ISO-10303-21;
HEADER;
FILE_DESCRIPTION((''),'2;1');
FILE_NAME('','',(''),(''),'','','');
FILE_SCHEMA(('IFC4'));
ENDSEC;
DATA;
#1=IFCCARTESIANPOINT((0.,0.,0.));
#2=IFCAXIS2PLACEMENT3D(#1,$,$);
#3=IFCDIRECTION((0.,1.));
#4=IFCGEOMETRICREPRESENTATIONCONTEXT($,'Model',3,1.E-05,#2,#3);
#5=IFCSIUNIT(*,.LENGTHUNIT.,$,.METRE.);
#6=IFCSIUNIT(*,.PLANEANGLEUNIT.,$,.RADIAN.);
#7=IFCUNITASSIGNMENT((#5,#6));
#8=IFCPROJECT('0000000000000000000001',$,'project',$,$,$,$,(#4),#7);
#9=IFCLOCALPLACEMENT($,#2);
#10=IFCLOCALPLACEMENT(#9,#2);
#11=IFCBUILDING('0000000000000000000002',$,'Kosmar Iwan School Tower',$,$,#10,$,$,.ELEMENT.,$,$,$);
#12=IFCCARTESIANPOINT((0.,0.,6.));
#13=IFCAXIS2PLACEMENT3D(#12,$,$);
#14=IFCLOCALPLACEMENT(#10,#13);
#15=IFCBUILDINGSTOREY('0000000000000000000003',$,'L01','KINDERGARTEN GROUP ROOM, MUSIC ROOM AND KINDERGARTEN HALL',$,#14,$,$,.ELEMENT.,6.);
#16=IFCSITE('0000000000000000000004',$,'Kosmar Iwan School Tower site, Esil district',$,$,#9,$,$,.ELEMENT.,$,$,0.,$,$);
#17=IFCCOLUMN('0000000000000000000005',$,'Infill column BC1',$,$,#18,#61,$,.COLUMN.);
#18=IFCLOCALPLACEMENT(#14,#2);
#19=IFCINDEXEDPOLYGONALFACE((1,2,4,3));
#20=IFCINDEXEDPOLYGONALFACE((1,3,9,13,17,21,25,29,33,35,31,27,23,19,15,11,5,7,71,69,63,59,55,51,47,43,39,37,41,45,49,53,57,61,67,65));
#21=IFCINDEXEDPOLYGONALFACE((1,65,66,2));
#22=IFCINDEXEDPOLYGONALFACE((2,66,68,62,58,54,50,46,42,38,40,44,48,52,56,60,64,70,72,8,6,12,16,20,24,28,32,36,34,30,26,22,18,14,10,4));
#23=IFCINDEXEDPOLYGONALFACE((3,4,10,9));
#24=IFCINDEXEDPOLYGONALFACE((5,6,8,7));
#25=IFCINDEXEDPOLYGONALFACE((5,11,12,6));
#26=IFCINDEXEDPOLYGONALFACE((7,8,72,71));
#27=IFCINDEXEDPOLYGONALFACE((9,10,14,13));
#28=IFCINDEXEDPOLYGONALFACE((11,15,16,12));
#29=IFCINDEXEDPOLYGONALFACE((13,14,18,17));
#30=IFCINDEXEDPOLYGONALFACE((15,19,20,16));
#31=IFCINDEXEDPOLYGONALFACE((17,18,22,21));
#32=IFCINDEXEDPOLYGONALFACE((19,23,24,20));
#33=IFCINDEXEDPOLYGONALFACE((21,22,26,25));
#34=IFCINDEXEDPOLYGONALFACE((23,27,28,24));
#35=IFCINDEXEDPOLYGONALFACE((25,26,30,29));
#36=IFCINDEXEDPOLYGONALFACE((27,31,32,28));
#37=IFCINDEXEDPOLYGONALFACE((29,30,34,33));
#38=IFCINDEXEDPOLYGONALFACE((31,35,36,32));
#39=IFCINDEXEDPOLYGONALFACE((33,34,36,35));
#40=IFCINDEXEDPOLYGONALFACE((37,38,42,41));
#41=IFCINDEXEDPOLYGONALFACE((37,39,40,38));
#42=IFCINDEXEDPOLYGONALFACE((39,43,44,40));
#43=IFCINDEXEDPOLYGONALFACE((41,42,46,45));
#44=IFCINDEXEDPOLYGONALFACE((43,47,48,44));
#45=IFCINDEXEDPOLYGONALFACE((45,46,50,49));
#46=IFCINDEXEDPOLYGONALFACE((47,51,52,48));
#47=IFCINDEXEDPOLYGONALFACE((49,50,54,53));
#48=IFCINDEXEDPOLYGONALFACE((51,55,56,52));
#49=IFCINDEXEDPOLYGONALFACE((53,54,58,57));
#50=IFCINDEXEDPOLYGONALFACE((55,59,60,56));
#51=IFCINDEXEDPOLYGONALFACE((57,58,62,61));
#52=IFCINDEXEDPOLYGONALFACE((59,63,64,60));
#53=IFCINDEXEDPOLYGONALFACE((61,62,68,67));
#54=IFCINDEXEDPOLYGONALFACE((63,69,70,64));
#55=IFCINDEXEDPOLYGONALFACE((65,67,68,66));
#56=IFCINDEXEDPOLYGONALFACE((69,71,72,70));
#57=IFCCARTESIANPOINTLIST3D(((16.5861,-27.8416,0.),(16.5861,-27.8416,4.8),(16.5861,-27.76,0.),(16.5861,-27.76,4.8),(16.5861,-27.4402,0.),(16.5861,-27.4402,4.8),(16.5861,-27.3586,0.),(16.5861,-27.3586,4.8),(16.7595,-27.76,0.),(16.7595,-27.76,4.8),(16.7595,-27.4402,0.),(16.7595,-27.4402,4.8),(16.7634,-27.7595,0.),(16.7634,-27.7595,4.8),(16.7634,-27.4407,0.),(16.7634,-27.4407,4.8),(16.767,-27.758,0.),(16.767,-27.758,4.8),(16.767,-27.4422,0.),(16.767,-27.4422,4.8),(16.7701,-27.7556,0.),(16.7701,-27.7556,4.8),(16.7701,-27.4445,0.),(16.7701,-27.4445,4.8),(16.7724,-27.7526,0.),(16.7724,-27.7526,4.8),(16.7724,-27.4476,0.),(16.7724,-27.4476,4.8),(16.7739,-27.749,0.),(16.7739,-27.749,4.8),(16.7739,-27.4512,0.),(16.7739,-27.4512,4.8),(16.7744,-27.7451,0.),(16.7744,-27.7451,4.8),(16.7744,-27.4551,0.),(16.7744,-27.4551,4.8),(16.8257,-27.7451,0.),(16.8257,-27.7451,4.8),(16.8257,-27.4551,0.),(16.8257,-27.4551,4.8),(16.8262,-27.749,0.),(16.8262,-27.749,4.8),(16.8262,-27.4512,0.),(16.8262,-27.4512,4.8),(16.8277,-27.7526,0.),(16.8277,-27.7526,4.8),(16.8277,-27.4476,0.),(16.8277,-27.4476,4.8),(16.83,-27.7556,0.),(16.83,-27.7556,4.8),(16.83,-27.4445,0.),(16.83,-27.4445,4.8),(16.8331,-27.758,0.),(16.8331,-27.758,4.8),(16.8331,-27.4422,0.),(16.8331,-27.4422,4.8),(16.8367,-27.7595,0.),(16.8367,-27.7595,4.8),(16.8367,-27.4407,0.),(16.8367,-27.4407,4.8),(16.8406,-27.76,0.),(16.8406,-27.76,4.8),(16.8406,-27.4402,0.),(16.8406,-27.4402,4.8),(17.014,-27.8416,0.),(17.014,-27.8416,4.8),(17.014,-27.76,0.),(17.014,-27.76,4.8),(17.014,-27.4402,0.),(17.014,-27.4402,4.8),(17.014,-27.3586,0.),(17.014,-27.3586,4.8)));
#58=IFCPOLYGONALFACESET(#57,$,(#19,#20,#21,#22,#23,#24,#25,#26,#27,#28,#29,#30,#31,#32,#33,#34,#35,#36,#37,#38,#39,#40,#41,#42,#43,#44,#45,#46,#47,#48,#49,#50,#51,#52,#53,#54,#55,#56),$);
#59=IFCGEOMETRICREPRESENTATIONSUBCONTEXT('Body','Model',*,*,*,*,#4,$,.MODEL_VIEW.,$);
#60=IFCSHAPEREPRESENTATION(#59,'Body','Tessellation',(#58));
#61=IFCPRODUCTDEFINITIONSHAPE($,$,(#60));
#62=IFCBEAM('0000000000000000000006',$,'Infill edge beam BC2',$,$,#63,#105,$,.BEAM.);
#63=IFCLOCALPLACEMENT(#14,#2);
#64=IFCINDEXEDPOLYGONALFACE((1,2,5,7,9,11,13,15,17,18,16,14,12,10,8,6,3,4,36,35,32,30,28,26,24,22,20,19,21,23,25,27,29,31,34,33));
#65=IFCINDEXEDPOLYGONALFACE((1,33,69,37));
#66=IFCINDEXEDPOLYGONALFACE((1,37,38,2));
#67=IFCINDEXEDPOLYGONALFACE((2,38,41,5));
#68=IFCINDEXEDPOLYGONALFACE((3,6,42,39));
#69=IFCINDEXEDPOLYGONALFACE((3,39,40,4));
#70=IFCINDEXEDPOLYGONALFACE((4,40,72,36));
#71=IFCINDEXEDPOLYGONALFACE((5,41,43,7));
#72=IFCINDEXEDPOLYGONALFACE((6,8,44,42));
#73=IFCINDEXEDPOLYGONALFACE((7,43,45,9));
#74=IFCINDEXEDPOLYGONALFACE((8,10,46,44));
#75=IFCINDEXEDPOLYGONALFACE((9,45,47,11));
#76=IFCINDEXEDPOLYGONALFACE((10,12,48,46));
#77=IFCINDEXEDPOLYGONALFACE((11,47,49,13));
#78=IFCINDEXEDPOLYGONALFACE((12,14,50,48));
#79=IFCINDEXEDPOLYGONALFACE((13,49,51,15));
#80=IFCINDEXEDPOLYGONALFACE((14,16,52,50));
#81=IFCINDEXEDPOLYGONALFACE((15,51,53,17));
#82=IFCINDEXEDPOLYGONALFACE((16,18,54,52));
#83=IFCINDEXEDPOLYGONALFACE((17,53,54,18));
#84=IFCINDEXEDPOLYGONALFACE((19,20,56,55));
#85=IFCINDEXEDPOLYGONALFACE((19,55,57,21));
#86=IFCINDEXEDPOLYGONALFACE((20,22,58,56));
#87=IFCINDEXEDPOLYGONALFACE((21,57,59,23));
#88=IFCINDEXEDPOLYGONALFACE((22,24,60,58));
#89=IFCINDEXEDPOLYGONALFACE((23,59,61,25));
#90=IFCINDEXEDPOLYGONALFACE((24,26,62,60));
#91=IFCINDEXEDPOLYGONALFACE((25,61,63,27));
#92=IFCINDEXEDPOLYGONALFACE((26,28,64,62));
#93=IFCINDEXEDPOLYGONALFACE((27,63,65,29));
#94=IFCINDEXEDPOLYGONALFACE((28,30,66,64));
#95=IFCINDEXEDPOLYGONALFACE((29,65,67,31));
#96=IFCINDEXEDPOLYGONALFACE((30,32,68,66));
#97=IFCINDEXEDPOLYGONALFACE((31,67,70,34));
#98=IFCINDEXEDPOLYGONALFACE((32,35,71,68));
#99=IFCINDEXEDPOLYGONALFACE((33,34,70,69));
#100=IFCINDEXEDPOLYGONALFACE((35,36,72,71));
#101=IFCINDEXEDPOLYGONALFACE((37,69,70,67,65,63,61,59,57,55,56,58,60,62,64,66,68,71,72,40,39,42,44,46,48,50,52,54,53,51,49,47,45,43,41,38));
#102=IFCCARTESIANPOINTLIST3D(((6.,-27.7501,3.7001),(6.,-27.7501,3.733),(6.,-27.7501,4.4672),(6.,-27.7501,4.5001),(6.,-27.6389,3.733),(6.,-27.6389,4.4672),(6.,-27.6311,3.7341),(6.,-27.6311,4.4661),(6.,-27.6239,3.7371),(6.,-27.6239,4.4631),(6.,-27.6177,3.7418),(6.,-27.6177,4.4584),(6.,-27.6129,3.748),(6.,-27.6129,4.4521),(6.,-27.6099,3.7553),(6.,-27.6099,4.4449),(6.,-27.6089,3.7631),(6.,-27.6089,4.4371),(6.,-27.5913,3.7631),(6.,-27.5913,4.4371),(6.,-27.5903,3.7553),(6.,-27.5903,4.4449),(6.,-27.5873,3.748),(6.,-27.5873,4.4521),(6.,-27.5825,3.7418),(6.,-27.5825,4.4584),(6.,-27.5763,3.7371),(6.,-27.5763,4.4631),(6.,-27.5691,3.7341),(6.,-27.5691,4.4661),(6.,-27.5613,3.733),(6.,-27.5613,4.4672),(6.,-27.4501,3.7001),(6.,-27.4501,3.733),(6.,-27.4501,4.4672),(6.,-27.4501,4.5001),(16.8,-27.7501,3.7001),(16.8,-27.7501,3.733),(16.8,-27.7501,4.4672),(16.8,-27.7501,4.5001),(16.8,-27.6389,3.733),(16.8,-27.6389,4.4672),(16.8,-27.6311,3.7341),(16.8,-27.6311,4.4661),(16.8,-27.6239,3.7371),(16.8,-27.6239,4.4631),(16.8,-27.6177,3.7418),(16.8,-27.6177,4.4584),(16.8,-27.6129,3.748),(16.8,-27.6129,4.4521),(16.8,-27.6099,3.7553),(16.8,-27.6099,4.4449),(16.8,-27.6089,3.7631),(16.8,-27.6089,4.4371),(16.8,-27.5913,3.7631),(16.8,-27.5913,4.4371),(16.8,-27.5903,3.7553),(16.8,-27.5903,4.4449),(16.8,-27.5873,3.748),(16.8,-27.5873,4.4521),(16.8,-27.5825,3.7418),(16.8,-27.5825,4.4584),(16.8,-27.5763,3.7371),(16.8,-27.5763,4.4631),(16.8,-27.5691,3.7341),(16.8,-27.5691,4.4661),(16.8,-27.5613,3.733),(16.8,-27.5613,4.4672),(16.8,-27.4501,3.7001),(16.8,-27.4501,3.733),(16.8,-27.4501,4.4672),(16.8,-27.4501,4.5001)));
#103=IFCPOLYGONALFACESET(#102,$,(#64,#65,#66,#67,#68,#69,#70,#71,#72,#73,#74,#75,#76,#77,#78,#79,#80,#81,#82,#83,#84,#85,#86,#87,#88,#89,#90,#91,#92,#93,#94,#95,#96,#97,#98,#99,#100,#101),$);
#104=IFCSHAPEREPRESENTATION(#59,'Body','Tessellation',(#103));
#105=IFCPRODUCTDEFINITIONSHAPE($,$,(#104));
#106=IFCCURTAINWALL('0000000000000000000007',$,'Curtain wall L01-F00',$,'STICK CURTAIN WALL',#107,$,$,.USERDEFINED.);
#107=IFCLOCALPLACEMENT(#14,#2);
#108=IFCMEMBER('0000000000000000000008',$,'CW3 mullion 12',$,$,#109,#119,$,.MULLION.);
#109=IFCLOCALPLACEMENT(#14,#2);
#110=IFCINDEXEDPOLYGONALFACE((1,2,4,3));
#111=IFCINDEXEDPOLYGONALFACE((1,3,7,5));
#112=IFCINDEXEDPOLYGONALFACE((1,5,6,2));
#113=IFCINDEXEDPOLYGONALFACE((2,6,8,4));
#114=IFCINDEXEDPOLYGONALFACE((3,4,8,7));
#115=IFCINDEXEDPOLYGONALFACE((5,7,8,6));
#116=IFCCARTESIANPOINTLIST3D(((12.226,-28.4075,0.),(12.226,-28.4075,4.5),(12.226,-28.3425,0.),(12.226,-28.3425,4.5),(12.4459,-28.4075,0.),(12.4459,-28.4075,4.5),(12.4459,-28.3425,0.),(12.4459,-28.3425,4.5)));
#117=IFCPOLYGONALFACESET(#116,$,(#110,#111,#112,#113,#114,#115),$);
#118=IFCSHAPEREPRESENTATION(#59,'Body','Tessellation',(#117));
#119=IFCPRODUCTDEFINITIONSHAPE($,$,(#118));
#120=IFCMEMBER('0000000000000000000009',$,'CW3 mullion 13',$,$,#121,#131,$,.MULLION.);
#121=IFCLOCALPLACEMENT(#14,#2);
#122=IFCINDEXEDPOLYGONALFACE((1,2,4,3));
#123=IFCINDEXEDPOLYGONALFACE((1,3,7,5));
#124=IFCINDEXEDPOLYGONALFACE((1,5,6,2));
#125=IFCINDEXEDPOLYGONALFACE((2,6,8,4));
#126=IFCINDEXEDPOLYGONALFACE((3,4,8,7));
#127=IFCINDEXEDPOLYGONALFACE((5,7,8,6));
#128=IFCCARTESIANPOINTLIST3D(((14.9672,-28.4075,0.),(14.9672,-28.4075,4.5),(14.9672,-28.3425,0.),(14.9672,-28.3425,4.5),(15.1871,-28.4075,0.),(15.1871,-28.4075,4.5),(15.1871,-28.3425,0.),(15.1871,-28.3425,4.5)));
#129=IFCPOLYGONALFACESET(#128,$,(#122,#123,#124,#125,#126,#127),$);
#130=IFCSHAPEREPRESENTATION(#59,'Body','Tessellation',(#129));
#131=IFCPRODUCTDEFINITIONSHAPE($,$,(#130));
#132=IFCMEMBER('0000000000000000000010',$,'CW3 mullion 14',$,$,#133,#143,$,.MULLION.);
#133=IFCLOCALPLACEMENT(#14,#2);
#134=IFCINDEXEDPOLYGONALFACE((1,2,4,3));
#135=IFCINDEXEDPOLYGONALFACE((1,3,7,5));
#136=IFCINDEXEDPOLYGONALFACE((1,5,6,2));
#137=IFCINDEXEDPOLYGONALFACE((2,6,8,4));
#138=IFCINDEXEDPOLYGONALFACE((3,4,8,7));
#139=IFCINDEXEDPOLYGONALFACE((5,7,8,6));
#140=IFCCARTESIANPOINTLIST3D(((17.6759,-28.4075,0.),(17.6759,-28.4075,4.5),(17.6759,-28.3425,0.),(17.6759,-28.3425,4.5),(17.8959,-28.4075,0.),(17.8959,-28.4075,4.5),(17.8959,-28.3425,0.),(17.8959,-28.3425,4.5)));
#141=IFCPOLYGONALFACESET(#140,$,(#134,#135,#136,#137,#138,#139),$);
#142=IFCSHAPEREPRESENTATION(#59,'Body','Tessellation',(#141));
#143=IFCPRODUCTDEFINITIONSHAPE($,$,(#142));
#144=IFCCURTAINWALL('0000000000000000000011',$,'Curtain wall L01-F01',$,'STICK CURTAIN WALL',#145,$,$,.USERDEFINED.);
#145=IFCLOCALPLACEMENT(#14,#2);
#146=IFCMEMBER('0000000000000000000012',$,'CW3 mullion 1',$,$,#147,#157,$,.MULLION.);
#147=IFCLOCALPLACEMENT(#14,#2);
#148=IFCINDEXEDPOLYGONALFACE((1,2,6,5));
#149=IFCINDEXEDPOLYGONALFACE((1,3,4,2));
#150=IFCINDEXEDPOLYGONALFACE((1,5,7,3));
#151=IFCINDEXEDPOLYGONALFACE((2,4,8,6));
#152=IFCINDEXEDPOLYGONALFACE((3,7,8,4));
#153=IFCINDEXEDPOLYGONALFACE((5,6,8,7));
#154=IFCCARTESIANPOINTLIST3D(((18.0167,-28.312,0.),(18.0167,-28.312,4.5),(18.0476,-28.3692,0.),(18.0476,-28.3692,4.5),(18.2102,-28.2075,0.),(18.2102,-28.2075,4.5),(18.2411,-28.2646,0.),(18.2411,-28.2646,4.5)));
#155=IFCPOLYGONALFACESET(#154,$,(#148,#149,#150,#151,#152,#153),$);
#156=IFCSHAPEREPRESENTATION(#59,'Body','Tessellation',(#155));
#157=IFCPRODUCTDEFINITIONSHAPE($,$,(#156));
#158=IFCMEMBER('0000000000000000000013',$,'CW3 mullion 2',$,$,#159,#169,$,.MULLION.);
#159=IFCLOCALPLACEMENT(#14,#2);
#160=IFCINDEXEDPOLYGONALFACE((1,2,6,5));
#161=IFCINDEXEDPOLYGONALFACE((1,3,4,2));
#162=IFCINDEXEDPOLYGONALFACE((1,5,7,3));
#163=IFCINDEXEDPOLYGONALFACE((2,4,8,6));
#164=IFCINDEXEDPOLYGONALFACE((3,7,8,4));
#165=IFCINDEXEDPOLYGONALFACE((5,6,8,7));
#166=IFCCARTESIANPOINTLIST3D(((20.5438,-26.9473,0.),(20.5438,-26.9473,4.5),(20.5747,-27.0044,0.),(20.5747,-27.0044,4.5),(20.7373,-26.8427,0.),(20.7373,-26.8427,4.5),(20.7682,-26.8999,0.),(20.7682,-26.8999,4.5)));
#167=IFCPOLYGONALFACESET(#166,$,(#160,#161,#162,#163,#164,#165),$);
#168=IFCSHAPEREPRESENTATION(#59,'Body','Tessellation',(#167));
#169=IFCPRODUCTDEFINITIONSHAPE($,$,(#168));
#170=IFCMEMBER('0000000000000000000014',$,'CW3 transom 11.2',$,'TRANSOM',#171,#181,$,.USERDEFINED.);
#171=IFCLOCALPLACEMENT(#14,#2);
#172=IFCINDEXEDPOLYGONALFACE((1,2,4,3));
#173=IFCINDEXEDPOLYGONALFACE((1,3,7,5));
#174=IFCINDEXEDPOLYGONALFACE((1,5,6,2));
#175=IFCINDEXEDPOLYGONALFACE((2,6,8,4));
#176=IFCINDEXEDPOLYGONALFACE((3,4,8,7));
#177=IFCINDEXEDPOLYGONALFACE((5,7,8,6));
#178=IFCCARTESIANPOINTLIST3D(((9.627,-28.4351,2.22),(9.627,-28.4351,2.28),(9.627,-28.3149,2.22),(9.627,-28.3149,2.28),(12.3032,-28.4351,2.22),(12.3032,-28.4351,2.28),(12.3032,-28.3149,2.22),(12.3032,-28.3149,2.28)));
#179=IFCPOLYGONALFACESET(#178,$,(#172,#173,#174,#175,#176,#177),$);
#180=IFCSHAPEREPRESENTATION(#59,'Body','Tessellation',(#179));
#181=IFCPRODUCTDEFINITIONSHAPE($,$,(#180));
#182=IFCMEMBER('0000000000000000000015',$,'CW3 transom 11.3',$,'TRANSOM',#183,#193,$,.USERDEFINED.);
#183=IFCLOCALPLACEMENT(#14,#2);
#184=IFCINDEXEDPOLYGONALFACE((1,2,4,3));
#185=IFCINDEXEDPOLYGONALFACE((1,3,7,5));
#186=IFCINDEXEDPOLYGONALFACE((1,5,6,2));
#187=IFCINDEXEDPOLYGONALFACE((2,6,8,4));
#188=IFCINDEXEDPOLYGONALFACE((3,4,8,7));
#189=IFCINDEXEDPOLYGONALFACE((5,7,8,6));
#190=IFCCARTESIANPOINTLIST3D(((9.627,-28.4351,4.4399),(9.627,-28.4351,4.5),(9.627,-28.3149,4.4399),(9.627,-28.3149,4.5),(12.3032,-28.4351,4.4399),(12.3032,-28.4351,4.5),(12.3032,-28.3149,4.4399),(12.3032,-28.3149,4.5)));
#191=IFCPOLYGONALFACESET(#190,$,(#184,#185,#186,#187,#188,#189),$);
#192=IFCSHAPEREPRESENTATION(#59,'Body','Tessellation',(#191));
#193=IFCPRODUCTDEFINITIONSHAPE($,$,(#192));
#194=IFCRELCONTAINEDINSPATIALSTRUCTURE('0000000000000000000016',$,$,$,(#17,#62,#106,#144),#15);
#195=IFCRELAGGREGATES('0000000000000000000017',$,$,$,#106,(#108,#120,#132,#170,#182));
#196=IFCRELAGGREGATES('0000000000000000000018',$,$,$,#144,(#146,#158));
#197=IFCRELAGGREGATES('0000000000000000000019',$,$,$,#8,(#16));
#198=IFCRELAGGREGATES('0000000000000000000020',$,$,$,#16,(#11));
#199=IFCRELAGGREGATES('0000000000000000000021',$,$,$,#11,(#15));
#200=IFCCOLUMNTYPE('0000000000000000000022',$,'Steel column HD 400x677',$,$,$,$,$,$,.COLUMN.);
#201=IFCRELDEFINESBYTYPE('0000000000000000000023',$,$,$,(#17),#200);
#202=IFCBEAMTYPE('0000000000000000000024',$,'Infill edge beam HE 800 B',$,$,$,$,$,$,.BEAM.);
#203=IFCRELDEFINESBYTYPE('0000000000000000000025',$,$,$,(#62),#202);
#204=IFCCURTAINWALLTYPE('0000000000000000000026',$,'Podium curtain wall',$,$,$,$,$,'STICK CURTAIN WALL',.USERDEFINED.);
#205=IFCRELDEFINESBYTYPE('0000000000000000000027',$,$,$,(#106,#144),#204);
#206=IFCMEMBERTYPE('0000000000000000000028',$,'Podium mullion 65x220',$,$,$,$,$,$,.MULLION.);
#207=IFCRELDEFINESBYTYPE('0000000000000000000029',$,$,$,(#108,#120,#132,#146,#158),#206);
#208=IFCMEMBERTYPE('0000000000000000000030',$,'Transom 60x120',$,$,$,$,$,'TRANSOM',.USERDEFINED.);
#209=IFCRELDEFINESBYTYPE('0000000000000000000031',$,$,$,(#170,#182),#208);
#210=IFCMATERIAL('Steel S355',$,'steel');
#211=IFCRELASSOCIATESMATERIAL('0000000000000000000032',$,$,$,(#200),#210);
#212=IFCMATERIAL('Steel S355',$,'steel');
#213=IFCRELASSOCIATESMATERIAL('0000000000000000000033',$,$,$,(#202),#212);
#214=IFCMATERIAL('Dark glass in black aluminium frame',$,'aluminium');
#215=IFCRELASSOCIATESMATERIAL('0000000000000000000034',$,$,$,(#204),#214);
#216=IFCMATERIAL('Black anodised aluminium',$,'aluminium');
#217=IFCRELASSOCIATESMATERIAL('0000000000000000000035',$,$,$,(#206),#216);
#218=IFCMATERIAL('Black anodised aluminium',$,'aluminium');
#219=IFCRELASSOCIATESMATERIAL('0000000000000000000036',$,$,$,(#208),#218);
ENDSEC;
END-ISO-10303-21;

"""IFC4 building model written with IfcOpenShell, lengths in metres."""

from ifc_helpers import new_model, si_unit, direction, frame, origin, origin_2d, place, context, subcontext, project, spatial, rectangle, i_section, extrude, material, material_profile, profile_set, type_object, element, aggregate, save


model = new_model("IFC4")

# Units and contexts
model_context = context("Model", 3, precision=1e-05, world=origin(), true_north=direction((0.0, 1.0)))
body_context = subcontext(model_context, "Body", "Model", "MODEL_VIEW")
ifc_project = project(units=[si_unit("LENGTHUNIT", "METRE"), si_unit("PLANEANGLEUNIT", "RADIAN")], contexts=[model_context])

# Site, building, storey
site_placement = place(None, origin())
site = spatial("IfcSite", under=ifc_project, at=site_placement, Name="Kosmar Iwan School Tower site, Esil district", CompositionType="ELEMENT", RefElevation=0.0)
building_placement = place(site_placement, origin())
building = spatial("IfcBuilding", under=site, at=building_placement, Name="Kosmar Iwan School Tower", CompositionType="ELEMENT")
storey_placement = place(building_placement, frame((0.0, 0.0, 6.0)))
storey = spatial("IfcBuildingStorey", under=building, at=storey_placement, Name="L01", Description="KINDERGARTEN GROUP ROOM, MUSIC ROOM AND KINDERGARTEN HALL", CompositionType="ELEMENT", Elevation=6.0)

# Column
ifc_material_1 = material(Name="Steel S355", Category="steel")
ifc_material_profile_1 = material_profile(ifc_material_1, i_section(OverallWidth=0.428, OverallDepth=0.4829, WebThickness=0.0513, FlangeThickness=0.0815, FilletRadius=0.0149, at=origin_2d()), Name="HD 400x677")
ifc_profile_set_1 = profile_set([ifc_material_profile_1], Name="Steel S355")
column_type = type_object("IfcColumnType", Name="Steel column HD 400x677", PredefinedType="COLUMN", material=ifc_profile_set_1)
column_placement = place(storey_placement, frame((16.8, -27.6001, 0.0), z_axis=(0.0, 0.0, 1.0), x_axis=(1.0, 0.0, 0.0)))
element("IfcColumn", 1, at=column_placement, inside=storey, type_object=column_type, Name="Infill column BC1", PredefinedType="COLUMN", context=body_context, shape_type="SweptSolid", body=[
    extrude(i_section(OverallWidth=0.428, OverallDepth=0.4829, WebThickness=0.0513, FlangeThickness=0.0815, FilletRadius=0.0149, at=origin_2d()), origin(), (0.0, 0.0, 1.0), 4.8),
])

# Beam
ifc_material_2 = material(Name="Steel S355", Category="steel")
ifc_material_profile_2 = material_profile(ifc_material_2, i_section(OverallWidth=0.3, OverallDepth=0.8, WebThickness=0.0176, FlangeThickness=0.033, FilletRadius=0.03, at=origin_2d()), Name="HE 800 B")
ifc_profile_set_2 = profile_set([ifc_material_profile_2], Name="Steel S355")
beam_type = type_object("IfcBeamType", Name="Infill edge beam HE 800 B", PredefinedType="BEAM", material=ifc_profile_set_2)
beam_placement = place(storey_placement, frame((16.8, -27.6001, 4.1001), z_axis=(-1.0, 0.0, 0.0), x_axis=(0.0, -1.0, 0.0)))
element("IfcBeam", 2, at=beam_placement, inside=storey, type_object=beam_type, Name="Infill edge beam BC2", PredefinedType="BEAM", context=body_context, shape_type="SweptSolid", body=[
    extrude(i_section(OverallWidth=0.3, OverallDepth=0.8, WebThickness=0.0176, FlangeThickness=0.033, FilletRadius=0.03, at=origin_2d()), origin(), (0.0, 0.0, 1.0), 10.8),
])

# Curtain walls, members
ifc_material_3 = material(Name="Dark glass in black aluminium frame", Category="aluminium")
curtain_wall_type = type_object("IfcCurtainWallType", Name="Podium curtain wall", ElementType="STICK CURTAIN WALL", PredefinedType="USERDEFINED", material=ifc_material_3)
curtain_wall_1_placement = place(storey_placement, origin())
curtain_wall_1 = element("IfcCurtainWall", 3, at=curtain_wall_1_placement, inside=storey, type_object=curtain_wall_type, Name="Curtain wall L01-F00", ObjectType="STICK CURTAIN WALL", PredefinedType="USERDEFINED")
ifc_material_4 = material(Name="Black anodised aluminium", Category="aluminium")
ifc_material_profile_3 = material_profile(ifc_material_4, rectangle(XDim=0.0649, YDim=0.22, at=origin_2d()), Name="MULLION 65x220")
ifc_profile_set_3 = profile_set([ifc_material_profile_3], Name="Black anodised aluminium")
member_type_1 = type_object("IfcMemberType", Name="Podium mullion 65x220", PredefinedType="MULLION", material=ifc_profile_set_3)
member_1_placement = place(storey_placement, frame((12.3359, -28.375, 0.0), z_axis=(0.0, 0.0, 1.0), x_axis=(0.0, 1.0, 0.0)))
member_1 = element("IfcMember", 4, at=member_1_placement, type_object=member_type_1, Name="CW3 mullion 12", PredefinedType="MULLION", context=body_context, shape_type="SweptSolid", body=[
    extrude(rectangle(XDim=0.0649, YDim=0.22, at=origin_2d()), origin(), (0.0, 0.0, 1.0), 4.5),
])
member_2_placement = place(storey_placement, frame((15.0771, -28.375, 0.0), z_axis=(0.0, 0.0, 1.0), x_axis=(0.0, 1.0, 0.0)))
member_2 = element("IfcMember", 5, at=member_2_placement, type_object=member_type_1, Name="CW3 mullion 13", PredefinedType="MULLION", context=body_context, shape_type="SweptSolid", body=[
    extrude(rectangle(XDim=0.0649, YDim=0.22, at=origin_2d()), origin(), (0.0, 0.0, 1.0), 4.5),
])
member_3_placement = place(storey_placement, frame((17.7859, -28.375, 0.0), z_axis=(0.0, 0.0, 1.0), x_axis=(0.0, 1.0, 0.0)))
member_3 = element("IfcMember", 6, at=member_3_placement, type_object=member_type_1, Name="CW3 mullion 14", PredefinedType="MULLION", context=body_context, shape_type="SweptSolid", body=[
    extrude(rectangle(XDim=0.0649, YDim=0.22, at=origin_2d()), origin(), (0.0, 0.0, 1.0), 4.5),
])
curtain_wall_2_placement = place(storey_placement, origin())
curtain_wall_2 = element("IfcCurtainWall", 7, at=curtain_wall_2_placement, inside=storey, type_object=curtain_wall_type, Name="Curtain wall L01-F01", ObjectType="STICK CURTAIN WALL", PredefinedType="USERDEFINED")
member_4_placement = place(storey_placement, frame((18.1289, -28.2883, 0.0), z_axis=(0.0, 0.0, 1.0), x_axis=(-0.475215, 0.879869, 0.0)))
member_4 = element("IfcMember", 8, at=member_4_placement, type_object=member_type_1, Name="CW3 mullion 1", PredefinedType="MULLION", context=body_context, shape_type="SweptSolid", body=[
    extrude(rectangle(XDim=0.0649, YDim=0.22, at=origin_2d()), origin(), (0.0, 0.0, 1.0), 4.5),
])
member_5_placement = place(storey_placement, frame((20.656, -26.9236, 0.0), z_axis=(0.0, 0.0, 1.0), x_axis=(-0.475215, 0.879869, 0.0)))
member_5 = element("IfcMember", 9, at=member_5_placement, type_object=member_type_1, Name="CW3 mullion 2", PredefinedType="MULLION", context=body_context, shape_type="SweptSolid", body=[
    extrude(rectangle(XDim=0.0649, YDim=0.22, at=origin_2d()), origin(), (0.0, 0.0, 1.0), 4.5),
])

# Members
ifc_material_5 = material(Name="Black anodised aluminium", Category="aluminium")
ifc_material_profile_4 = material_profile(ifc_material_5, rectangle(XDim=0.1201, YDim=0.0601, at=origin_2d()), Name="TRANSOM 60x120")
ifc_profile_set_4 = profile_set([ifc_material_profile_4], Name="Black anodised aluminium")
member_type_2 = type_object("IfcMemberType", Name="Transom 60x120", ElementType="TRANSOM", PredefinedType="USERDEFINED", material=ifc_profile_set_4)
member_6_placement = place(storey_placement, frame((9.627, -28.375, 2.25), z_axis=(1.0, 0.0, 0.0), x_axis=(0.0, 1.0, 0.0)))
member_6 = element("IfcMember", 10, at=member_6_placement, type_object=member_type_2, Name="CW3 transom 11.2", ObjectType="TRANSOM", PredefinedType="USERDEFINED", context=body_context, shape_type="SweptSolid", body=[
    extrude(rectangle(XDim=0.1201, YDim=0.0601, at=origin_2d()), origin(), (0.0, 0.0, 1.0), 2.6763),
])
member_7_placement = place(storey_placement, frame((9.627, -28.375, 4.47), z_axis=(1.0, 0.0, 0.0), x_axis=(0.0, 1.0, 0.0)))
member_7 = element("IfcMember", 11, at=member_7_placement, type_object=member_type_2, Name="CW3 transom 11.3", ObjectType="TRANSOM", PredefinedType="USERDEFINED", context=body_context, shape_type="SweptSolid", body=[
    extrude(rectangle(XDim=0.1201, YDim=0.0601, at=origin_2d()), origin(), (0.0, 0.0, 1.0), 2.6763),
])

aggregate(curtain_wall_1, [member_1, member_2, member_3, member_6, member_7])
aggregate(curtain_wall_2, [member_4, member_5])

save(model, "model.ifc")
